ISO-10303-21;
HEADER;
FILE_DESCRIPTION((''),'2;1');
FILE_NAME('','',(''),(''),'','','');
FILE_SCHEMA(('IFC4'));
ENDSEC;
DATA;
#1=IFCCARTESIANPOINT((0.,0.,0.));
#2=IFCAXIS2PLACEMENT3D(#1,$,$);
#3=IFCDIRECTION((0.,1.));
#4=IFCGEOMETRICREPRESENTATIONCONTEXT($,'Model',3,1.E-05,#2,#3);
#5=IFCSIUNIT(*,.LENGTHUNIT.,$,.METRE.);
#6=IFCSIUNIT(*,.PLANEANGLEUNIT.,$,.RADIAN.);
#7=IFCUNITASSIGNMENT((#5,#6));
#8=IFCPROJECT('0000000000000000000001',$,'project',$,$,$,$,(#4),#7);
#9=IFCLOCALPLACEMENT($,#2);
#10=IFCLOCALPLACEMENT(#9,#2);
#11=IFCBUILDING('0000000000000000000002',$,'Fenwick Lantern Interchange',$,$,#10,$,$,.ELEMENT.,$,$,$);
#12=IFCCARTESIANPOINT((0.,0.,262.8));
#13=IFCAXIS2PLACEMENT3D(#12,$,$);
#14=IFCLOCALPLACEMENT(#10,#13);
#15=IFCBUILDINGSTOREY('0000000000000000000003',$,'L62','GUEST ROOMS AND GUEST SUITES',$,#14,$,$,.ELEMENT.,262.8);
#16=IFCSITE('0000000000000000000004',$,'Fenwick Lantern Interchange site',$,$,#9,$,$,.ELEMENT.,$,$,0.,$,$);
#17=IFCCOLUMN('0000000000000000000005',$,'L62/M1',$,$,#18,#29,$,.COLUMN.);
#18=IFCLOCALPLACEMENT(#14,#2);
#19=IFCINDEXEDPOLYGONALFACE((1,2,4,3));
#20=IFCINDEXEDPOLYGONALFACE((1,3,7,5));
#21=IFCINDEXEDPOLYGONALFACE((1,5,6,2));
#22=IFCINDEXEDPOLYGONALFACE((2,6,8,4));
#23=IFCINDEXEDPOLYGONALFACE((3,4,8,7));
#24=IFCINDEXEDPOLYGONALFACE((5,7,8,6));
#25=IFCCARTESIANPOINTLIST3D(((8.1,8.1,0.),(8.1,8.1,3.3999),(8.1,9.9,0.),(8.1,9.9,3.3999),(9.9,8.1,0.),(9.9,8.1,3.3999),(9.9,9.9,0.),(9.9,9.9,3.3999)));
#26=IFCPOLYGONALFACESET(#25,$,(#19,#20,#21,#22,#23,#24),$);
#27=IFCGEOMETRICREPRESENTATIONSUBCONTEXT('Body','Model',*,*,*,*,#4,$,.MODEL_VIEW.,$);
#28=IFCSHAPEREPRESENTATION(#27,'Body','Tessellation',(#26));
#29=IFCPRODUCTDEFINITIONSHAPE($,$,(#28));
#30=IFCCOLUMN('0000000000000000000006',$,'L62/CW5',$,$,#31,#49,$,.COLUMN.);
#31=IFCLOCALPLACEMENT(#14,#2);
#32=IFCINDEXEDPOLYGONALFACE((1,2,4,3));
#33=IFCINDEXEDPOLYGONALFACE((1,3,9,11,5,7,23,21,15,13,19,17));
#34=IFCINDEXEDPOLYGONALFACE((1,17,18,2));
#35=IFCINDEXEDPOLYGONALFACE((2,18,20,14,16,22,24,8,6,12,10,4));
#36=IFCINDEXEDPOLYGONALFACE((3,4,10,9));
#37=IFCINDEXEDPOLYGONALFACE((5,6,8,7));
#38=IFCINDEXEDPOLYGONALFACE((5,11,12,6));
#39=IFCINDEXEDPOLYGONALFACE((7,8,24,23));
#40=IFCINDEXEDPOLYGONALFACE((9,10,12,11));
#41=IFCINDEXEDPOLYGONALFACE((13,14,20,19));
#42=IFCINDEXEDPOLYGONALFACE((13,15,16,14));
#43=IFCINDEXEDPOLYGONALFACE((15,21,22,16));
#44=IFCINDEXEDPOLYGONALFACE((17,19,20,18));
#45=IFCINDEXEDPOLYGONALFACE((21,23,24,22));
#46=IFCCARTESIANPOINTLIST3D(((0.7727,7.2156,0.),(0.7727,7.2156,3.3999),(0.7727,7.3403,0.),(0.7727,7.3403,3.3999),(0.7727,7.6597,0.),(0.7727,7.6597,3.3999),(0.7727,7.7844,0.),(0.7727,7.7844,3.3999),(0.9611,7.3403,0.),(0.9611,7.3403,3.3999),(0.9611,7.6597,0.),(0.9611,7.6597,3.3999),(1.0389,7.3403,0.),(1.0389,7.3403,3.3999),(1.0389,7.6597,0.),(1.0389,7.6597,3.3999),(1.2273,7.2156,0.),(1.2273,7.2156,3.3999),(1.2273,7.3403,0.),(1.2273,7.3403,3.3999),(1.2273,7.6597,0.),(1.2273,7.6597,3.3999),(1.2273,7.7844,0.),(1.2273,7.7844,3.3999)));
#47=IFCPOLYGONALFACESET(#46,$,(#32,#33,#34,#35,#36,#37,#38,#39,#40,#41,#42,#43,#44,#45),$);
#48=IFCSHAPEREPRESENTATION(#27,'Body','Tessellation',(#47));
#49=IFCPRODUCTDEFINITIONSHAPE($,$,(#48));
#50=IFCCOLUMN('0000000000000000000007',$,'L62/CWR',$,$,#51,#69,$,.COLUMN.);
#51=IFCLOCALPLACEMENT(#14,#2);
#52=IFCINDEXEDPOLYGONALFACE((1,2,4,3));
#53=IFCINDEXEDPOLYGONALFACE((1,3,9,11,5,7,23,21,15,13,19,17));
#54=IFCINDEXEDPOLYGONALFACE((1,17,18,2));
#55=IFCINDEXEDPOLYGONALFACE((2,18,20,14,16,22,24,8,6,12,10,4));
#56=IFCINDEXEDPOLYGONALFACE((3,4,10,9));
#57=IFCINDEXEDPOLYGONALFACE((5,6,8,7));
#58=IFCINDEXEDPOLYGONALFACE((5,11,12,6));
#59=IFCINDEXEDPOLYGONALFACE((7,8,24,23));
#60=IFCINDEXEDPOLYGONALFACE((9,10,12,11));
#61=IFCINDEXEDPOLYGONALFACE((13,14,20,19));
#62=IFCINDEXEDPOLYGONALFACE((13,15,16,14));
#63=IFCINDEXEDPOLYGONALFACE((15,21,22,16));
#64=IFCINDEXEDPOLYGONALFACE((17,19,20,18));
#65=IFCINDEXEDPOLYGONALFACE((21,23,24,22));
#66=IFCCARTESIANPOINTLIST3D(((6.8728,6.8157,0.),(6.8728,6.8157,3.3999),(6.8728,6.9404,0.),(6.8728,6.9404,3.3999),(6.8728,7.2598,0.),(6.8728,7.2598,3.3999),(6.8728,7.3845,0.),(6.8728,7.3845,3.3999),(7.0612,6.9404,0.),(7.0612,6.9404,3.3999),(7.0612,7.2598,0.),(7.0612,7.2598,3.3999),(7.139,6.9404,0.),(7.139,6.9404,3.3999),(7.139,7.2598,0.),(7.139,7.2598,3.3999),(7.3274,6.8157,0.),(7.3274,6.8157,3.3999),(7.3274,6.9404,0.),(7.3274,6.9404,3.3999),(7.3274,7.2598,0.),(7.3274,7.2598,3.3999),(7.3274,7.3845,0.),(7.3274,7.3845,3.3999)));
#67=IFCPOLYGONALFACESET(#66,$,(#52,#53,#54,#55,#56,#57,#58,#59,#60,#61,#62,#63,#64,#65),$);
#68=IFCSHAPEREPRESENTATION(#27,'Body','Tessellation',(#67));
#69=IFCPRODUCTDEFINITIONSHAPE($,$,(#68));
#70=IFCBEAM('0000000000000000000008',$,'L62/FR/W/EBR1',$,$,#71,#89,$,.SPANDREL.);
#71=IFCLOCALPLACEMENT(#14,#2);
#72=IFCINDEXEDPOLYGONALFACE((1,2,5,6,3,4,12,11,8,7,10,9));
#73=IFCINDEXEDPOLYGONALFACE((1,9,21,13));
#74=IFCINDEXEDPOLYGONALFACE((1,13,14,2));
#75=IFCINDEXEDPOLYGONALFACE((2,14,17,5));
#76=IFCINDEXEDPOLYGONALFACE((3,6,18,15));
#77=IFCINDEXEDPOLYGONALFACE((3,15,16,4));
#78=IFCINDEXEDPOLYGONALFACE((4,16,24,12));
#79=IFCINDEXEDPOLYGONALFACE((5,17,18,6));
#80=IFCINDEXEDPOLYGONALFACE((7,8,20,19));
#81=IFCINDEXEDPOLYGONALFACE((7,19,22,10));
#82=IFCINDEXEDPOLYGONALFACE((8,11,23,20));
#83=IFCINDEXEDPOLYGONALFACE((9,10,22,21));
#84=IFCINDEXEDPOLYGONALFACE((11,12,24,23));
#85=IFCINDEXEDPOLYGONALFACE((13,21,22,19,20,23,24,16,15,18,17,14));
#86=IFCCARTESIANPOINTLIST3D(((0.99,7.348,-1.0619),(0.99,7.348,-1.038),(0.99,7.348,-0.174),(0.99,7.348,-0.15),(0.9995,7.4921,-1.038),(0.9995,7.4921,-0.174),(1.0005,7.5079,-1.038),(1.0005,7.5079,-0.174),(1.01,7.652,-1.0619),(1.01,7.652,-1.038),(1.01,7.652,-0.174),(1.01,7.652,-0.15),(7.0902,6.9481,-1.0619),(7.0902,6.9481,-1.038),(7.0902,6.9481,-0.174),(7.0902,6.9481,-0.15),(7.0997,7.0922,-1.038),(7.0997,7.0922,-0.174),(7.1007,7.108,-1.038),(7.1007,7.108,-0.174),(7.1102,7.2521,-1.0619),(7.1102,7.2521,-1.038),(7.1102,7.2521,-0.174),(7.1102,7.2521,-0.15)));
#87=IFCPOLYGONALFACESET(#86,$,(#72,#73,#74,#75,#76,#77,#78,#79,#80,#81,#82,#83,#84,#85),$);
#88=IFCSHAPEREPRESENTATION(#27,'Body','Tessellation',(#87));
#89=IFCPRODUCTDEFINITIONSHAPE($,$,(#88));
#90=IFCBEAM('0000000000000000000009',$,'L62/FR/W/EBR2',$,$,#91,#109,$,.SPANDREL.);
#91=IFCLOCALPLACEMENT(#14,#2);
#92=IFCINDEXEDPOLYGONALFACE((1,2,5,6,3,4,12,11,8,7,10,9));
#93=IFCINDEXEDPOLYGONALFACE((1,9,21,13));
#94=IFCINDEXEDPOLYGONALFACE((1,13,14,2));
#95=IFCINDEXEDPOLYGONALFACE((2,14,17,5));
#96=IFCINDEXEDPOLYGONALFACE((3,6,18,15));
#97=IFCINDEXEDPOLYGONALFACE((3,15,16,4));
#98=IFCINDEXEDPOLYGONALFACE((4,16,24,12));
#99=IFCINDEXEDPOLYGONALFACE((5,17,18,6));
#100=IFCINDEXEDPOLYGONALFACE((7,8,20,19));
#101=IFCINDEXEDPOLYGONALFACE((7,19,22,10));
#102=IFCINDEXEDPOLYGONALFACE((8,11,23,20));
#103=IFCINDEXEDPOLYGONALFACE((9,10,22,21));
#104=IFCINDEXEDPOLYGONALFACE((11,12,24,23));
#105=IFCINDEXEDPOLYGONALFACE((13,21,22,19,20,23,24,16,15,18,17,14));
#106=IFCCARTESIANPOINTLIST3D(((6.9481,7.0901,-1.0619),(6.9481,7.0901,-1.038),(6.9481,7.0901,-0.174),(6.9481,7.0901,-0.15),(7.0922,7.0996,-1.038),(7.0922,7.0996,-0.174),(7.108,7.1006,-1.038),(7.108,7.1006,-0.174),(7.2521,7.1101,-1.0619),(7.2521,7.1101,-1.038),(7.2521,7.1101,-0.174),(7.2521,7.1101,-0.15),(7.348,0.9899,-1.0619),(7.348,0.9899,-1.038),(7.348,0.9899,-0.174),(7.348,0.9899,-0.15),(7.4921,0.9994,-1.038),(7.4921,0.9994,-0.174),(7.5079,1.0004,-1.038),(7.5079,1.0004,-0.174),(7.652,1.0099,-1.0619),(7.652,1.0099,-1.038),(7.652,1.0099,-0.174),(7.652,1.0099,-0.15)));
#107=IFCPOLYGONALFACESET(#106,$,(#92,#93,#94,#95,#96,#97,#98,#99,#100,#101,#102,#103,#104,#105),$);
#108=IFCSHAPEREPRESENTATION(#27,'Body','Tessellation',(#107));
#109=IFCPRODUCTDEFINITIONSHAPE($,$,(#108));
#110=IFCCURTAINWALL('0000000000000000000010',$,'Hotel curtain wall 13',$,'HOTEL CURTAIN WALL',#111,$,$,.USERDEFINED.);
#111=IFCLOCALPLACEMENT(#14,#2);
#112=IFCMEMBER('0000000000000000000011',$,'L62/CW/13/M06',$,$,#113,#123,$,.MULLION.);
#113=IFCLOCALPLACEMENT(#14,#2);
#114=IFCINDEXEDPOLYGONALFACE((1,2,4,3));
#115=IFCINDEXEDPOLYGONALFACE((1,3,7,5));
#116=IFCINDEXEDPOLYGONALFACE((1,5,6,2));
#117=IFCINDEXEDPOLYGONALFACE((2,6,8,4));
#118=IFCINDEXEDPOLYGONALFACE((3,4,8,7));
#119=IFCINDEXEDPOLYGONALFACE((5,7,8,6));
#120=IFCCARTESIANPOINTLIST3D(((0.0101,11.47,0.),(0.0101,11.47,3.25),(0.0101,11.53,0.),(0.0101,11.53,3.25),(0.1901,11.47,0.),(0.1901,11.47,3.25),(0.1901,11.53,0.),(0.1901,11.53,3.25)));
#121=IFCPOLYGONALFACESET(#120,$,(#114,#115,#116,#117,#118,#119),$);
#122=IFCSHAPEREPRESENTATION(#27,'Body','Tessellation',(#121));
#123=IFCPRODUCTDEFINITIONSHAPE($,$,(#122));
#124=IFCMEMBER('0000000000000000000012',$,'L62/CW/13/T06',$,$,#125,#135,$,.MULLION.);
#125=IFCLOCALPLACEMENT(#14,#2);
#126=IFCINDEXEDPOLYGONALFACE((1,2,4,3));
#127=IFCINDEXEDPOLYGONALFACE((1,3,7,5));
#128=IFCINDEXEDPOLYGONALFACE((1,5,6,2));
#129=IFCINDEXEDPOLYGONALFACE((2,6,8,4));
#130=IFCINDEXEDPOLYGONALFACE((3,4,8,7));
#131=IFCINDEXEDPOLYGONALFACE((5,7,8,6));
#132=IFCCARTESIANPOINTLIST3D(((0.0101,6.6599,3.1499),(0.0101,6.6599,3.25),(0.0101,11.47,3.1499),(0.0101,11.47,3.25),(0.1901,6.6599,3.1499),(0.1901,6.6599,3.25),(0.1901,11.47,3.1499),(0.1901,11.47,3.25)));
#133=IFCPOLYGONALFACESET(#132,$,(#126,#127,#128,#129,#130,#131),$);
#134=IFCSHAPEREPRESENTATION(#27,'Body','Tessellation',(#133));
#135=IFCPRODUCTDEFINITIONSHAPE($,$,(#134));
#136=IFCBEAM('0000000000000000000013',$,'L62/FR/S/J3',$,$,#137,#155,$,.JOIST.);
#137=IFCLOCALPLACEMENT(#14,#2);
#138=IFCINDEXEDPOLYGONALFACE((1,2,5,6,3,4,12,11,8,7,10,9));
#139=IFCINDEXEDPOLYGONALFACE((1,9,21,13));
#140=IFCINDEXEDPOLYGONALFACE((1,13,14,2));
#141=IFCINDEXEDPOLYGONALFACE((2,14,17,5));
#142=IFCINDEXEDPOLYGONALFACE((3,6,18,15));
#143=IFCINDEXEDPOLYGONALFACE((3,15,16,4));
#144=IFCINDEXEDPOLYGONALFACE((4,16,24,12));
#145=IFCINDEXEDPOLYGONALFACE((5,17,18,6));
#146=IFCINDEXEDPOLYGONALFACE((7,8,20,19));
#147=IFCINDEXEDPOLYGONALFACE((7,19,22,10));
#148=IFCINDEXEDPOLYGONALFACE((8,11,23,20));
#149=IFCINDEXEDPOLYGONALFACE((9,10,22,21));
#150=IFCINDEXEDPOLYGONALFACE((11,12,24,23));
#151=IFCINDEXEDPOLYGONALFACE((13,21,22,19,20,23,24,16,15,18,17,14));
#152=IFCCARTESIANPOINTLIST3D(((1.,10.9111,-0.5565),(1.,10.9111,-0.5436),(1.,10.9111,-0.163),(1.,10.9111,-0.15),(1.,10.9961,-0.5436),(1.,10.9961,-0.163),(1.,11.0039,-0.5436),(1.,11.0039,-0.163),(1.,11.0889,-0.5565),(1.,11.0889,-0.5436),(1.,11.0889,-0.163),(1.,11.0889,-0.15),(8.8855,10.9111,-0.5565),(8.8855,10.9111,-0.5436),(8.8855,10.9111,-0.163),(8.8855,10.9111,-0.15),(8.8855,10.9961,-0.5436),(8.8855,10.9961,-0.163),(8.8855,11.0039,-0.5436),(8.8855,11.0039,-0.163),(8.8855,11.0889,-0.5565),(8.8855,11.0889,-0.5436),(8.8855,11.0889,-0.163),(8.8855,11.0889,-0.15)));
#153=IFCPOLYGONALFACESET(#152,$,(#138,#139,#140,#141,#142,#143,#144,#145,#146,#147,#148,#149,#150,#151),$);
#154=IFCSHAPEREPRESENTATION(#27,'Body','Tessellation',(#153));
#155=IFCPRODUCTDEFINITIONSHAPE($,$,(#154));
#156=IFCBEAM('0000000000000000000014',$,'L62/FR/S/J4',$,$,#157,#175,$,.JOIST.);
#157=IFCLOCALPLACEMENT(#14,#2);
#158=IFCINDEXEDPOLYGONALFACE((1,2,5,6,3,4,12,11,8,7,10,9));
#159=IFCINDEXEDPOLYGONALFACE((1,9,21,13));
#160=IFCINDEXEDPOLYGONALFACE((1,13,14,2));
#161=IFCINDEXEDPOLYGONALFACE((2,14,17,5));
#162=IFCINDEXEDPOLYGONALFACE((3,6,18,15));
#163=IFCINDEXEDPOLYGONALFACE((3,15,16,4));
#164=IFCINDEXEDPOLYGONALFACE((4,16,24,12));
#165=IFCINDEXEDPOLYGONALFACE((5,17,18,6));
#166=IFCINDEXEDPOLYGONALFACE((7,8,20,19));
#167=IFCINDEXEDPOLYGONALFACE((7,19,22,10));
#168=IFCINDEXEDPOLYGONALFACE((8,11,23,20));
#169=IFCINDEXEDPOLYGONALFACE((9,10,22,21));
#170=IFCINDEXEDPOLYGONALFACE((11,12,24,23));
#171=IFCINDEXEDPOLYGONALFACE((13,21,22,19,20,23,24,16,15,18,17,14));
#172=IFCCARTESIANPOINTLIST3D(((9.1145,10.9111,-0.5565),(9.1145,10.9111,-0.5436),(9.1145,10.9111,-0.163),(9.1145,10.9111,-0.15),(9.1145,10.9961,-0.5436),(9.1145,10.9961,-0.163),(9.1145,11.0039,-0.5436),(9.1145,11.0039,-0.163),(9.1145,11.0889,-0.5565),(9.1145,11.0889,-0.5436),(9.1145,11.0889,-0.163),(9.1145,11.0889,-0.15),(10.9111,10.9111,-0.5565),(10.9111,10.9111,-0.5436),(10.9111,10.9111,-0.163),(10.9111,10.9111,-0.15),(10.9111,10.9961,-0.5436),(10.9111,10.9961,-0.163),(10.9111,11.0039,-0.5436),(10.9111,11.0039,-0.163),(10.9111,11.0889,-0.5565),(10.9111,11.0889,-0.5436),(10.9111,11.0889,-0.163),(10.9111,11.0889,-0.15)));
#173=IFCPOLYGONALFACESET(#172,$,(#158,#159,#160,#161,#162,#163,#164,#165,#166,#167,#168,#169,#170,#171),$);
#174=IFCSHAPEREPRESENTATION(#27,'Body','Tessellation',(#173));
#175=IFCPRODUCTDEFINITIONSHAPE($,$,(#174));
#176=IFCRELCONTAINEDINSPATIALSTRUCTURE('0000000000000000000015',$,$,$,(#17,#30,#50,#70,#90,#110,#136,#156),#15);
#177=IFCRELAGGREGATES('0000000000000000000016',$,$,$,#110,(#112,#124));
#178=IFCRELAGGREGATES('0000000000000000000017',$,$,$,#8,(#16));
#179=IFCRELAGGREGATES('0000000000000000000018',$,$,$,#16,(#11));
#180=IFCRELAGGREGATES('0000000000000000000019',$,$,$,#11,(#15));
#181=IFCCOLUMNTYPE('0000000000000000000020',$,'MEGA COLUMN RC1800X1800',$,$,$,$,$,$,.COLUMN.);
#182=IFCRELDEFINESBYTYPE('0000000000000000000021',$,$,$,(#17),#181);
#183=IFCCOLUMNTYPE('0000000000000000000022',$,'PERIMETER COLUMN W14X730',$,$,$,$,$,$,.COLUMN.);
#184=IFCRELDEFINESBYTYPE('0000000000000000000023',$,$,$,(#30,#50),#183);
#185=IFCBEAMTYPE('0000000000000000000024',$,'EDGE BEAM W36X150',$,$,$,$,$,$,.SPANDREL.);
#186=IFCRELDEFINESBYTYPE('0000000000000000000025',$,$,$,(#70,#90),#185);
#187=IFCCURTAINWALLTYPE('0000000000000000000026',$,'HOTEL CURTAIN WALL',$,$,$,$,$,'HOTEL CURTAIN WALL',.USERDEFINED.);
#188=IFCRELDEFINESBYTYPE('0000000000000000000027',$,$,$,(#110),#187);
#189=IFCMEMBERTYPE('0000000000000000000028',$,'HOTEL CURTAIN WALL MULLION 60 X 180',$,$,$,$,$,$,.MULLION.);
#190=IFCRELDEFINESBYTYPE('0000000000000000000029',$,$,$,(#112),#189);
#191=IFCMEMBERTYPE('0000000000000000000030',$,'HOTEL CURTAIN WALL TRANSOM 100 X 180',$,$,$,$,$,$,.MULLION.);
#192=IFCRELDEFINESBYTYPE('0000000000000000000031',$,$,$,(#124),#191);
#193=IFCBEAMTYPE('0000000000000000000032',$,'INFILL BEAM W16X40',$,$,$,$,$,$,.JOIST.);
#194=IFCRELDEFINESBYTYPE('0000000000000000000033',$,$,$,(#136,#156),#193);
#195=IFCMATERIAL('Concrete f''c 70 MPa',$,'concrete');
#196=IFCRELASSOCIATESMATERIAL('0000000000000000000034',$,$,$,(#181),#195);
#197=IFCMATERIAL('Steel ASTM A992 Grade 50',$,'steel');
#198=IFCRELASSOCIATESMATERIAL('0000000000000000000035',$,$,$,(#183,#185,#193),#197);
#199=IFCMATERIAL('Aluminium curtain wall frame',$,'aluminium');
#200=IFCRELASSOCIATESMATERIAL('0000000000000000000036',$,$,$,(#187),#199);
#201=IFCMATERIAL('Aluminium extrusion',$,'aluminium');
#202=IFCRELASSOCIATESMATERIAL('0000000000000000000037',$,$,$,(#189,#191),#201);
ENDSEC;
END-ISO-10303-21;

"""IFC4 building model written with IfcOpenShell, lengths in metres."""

from ifc_helpers import new_model, si_unit, direction, frame, origin, origin_2d, place, context, subcontext, project, spatial, rectangle, i_section, extrude, material, material_profile, profile_set, type_object, element, aggregate, save


model = new_model("IFC4")

# Units and contexts
model_context = context("Model", 3, precision=1e-05, world=origin(), true_north=direction((0.0, 1.0)))
body_context = subcontext(model_context, "Body", "Model", "MODEL_VIEW")
ifc_project = project(units=[si_unit("LENGTHUNIT", "METRE"), si_unit("PLANEANGLEUNIT", "RADIAN")], contexts=[model_context])

# Site, building, storey
site_placement = place(None, origin())
site = spatial("IfcSite", under=ifc_project, at=site_placement, Name="Fenwick Lantern Interchange site", CompositionType="ELEMENT", RefElevation=0.0)
building_placement = place(site_placement, origin())
building = spatial("IfcBuilding", under=site, at=building_placement, Name="Fenwick Lantern Interchange", CompositionType="ELEMENT")
storey_placement = place(building_placement, frame((0.0, 0.0, 262.8)))
storey = spatial("IfcBuildingStorey", under=building, at=storey_placement, Name="L62", Description="GUEST ROOMS AND GUEST SUITES", CompositionType="ELEMENT", Elevation=262.8)

# Columns
ifc_material_1 = material(Name="Concrete f'c 70 MPa", Category="concrete")
ifc_material_profile_1 = material_profile(ifc_material_1, rectangle(XDim=1.8, YDim=1.8, at=origin_2d()), Name="RC1800X1800")
ifc_profile_set_1 = profile_set([ifc_material_profile_1], Name="Concrete f'c 70 MPa")
column_type_1 = type_object("IfcColumnType", Name="MEGA COLUMN RC1800X1800", PredefinedType="COLUMN", material=ifc_profile_set_1)
column_placement = place(storey_placement, frame((9.0, 9.0, 0.0), z_axis=(0.0, 0.0, 1.0), x_axis=(1.0, 0.0, 0.0)))
element("IfcColumn", 1, at=column_placement, inside=storey, type_object=column_type_1, Name="L62/M1", PredefinedType="COLUMN", context=body_context, shape_type="SweptSolid", body=[
    extrude(rectangle(XDim=1.8, YDim=1.8, at=origin_2d()), origin(), (0.0, 0.0, 1.0), 3.3999),
])
ifc_material_2 = material(Name="Steel ASTM A992 Grade 50", Category="steel")
ifc_material_profile_2 = material_profile(ifc_material_2, i_section(OverallWidth=0.4546, OverallDepth=0.5688, WebThickness=0.0779, FlangeThickness=0.1248, at=origin_2d()), Name="W14X730")
ifc_profile_set_2 = profile_set([ifc_material_profile_2], Name="Steel ASTM A992 Grade 50")
column_type_2 = type_object("IfcColumnType", Name="PERIMETER COLUMN W14X730", PredefinedType="COLUMN", material=ifc_profile_set_2)
for number, where, z_axis, x_axis, name in (
    (2, (1.0, 7.5, 0.0), (0.0, 0.0, 1.0), (1.0, 0.0, 0.0), "L62/CW5"),
    (3, (7.1001, 7.1001, 0.0), (0.0, 0.0, 1.0), (1.0, 0.0, 0.0), "L62/CWR"),
):
    element("IfcColumn", number, at=place(storey_placement, frame(where, z_axis=z_axis, x_axis=x_axis)), inside=storey, type_object=column_type_2, Name=name, PredefinedType="COLUMN", context=body_context, shape_type="SweptSolid", body=[
        extrude(i_section(OverallWidth=0.4546, OverallDepth=0.5688, WebThickness=0.0779, FlangeThickness=0.1248, at=origin_2d()), origin(), (0.0, 0.0, 1.0), 3.3999),
    ])

# Beams
ifc_material_profile_3 = material_profile(ifc_material_2, i_section(OverallWidth=0.3047, OverallDepth=0.9119, WebThickness=0.0159, FlangeThickness=0.0239, at=origin_2d()), Name="W36X150")
ifc_profile_set_3 = profile_set([ifc_material_profile_3], Name="Steel ASTM A992 Grade 50")
beam_type_1 = type_object("IfcBeamType", Name="EDGE BEAM W36X150", PredefinedType="SPANDREL", material=ifc_profile_set_3)
for number, where, z_axis, x_axis, name in (
    (4, (1.0, 7.5, -0.606), (0.997858, -0.065416, 0.0), (0.065416, 0.997858, 0.0), "L62/FR/W/EBR1"),
    (5, (7.1001, 7.1001, -0.606), (0.065416, -0.997858, 0.0), (0.997858, 0.065416, 0.0), "L62/FR/W/EBR2"),
):
    element("IfcBeam", number, at=place(storey_placement, frame(where, z_axis=z_axis, x_axis=x_axis)), inside=storey, type_object=beam_type_1, Name=name, PredefinedType="SPANDREL", context=body_context, shape_type="SweptSolid", body=[
        extrude(i_section(OverallWidth=0.3047, OverallDepth=0.9119, WebThickness=0.0159, FlangeThickness=0.0239, at=origin_2d()), origin(), (0.0, 0.0, 1.0), 6.1133),
    ])

# Curtain wall, members
ifc_material_3 = material(Name="Aluminium curtain wall frame", Category="aluminium")
curtain_wall_type = type_object("IfcCurtainWallType", Name="HOTEL CURTAIN WALL", ElementType="HOTEL CURTAIN WALL", PredefinedType="USERDEFINED", material=ifc_material_3)
curtain_wall_placement = place(storey_placement, origin())
curtain_wall = element("IfcCurtainWall", 6, at=curtain_wall_placement, inside=storey, type_object=curtain_wall_type, Name="Hotel curtain wall 13", ObjectType="HOTEL CURTAIN WALL", PredefinedType="USERDEFINED")
ifc_material_4 = material(Name="Aluminium extrusion", Category="aluminium")
ifc_material_profile_4 = material_profile(ifc_material_4, rectangle(XDim=0.1799, YDim=0.0601, at=origin_2d()), Name="HOTEL CURTAIN WALL MULLION 60 X 180")
ifc_profile_set_4 = profile_set([ifc_material_profile_4], Name="Aluminium extrusion")
member_type_1 = type_object("IfcMemberType", Name="HOTEL CURTAIN WALL MULLION 60 X 180", PredefinedType="MULLION", material=ifc_profile_set_4)
member_1_placement = place(storey_placement, frame((0.1001, 11.5, 0.0), z_axis=(0.0, 0.0, 1.0), x_axis=(1.0, 0.0, 0.0)))
member_1 = element("IfcMember", 7, at=member_1_placement, type_object=member_type_1, Name="L62/CW/13/M06", PredefinedType="MULLION", context=body_context, shape_type="SweptSolid", body=[
    extrude(rectangle(XDim=0.1799, YDim=0.0601, at=origin_2d()), origin(), (0.0, 0.0, 1.0), 3.25),
])
ifc_material_profile_5 = material_profile(ifc_material_4, rectangle(XDim=0.1799, YDim=0.1001, at=origin_2d()), Name="HOTEL CURTAIN WALL TRANSOM 100 X 180")
ifc_profile_set_5 = profile_set([ifc_material_profile_5], Name="Aluminium extrusion")
member_type_2 = type_object("IfcMemberType", Name="HOTEL CURTAIN WALL TRANSOM 100 X 180", PredefinedType="MULLION", material=ifc_profile_set_5)
member_2_placement = place(storey_placement, frame((0.1001, 11.47, 3.2), z_axis=(0.0, -1.0, 0.0), x_axis=(1.0, 0.0, 0.0)))
member_2 = element("IfcMember", 8, at=member_2_placement, type_object=member_type_2, Name="L62/CW/13/T06", PredefinedType="MULLION", context=body_context, shape_type="SweptSolid", body=[
    extrude(rectangle(XDim=0.1799, YDim=0.1001, at=origin_2d()), origin(), (0.0, 0.0, 1.0), 4.8101),
])
aggregate(curtain_wall, [member_1, member_2])

# Beams
ifc_material_profile_6 = material_profile(ifc_material_2, i_section(OverallWidth=0.1777, OverallDepth=0.4065, WebThickness=0.0078, FlangeThickness=0.0129, at=origin_2d()), Name="W16X40")
ifc_profile_set_6 = profile_set([ifc_material_profile_6], Name="Steel ASTM A992 Grade 50")
beam_type_2 = type_object("IfcBeamType", Name="INFILL BEAM W16X40", PredefinedType="JOIST", material=ifc_profile_set_6)
beam_1_placement = place(storey_placement, frame((1.0, 11.0, -0.3533), z_axis=(1.0, 0.0, 0.0), x_axis=(0.0, 1.0, 0.0)))
element("IfcBeam", 9, at=beam_1_placement, inside=storey, type_object=beam_type_2, Name="L62/FR/S/J3", PredefinedType="JOIST", context=body_context, shape_type="SweptSolid", body=[
    extrude(i_section(OverallWidth=0.1777, OverallDepth=0.4065, WebThickness=0.0078, FlangeThickness=0.0129, at=origin_2d()), origin(), (0.0, 0.0, 1.0), 7.8855),
])
beam_2_placement = place(storey_placement, frame((9.1145, 11.0, -0.3533), z_axis=(1.0, 0.0, 0.0), x_axis=(0.0, 1.0, 0.0)))
element("IfcBeam", 10, at=beam_2_placement, inside=storey, type_object=beam_type_2, Name="L62/FR/S/J4", PredefinedType="JOIST", context=body_context, shape_type="SweptSolid", body=[
    extrude(i_section(OverallWidth=0.1777, OverallDepth=0.4065, WebThickness=0.0078, FlangeThickness=0.0129, at=origin_2d()), origin(), (0.0, 0.0, 1.0), 1.7966),
])

save(model, "model.ifc")
